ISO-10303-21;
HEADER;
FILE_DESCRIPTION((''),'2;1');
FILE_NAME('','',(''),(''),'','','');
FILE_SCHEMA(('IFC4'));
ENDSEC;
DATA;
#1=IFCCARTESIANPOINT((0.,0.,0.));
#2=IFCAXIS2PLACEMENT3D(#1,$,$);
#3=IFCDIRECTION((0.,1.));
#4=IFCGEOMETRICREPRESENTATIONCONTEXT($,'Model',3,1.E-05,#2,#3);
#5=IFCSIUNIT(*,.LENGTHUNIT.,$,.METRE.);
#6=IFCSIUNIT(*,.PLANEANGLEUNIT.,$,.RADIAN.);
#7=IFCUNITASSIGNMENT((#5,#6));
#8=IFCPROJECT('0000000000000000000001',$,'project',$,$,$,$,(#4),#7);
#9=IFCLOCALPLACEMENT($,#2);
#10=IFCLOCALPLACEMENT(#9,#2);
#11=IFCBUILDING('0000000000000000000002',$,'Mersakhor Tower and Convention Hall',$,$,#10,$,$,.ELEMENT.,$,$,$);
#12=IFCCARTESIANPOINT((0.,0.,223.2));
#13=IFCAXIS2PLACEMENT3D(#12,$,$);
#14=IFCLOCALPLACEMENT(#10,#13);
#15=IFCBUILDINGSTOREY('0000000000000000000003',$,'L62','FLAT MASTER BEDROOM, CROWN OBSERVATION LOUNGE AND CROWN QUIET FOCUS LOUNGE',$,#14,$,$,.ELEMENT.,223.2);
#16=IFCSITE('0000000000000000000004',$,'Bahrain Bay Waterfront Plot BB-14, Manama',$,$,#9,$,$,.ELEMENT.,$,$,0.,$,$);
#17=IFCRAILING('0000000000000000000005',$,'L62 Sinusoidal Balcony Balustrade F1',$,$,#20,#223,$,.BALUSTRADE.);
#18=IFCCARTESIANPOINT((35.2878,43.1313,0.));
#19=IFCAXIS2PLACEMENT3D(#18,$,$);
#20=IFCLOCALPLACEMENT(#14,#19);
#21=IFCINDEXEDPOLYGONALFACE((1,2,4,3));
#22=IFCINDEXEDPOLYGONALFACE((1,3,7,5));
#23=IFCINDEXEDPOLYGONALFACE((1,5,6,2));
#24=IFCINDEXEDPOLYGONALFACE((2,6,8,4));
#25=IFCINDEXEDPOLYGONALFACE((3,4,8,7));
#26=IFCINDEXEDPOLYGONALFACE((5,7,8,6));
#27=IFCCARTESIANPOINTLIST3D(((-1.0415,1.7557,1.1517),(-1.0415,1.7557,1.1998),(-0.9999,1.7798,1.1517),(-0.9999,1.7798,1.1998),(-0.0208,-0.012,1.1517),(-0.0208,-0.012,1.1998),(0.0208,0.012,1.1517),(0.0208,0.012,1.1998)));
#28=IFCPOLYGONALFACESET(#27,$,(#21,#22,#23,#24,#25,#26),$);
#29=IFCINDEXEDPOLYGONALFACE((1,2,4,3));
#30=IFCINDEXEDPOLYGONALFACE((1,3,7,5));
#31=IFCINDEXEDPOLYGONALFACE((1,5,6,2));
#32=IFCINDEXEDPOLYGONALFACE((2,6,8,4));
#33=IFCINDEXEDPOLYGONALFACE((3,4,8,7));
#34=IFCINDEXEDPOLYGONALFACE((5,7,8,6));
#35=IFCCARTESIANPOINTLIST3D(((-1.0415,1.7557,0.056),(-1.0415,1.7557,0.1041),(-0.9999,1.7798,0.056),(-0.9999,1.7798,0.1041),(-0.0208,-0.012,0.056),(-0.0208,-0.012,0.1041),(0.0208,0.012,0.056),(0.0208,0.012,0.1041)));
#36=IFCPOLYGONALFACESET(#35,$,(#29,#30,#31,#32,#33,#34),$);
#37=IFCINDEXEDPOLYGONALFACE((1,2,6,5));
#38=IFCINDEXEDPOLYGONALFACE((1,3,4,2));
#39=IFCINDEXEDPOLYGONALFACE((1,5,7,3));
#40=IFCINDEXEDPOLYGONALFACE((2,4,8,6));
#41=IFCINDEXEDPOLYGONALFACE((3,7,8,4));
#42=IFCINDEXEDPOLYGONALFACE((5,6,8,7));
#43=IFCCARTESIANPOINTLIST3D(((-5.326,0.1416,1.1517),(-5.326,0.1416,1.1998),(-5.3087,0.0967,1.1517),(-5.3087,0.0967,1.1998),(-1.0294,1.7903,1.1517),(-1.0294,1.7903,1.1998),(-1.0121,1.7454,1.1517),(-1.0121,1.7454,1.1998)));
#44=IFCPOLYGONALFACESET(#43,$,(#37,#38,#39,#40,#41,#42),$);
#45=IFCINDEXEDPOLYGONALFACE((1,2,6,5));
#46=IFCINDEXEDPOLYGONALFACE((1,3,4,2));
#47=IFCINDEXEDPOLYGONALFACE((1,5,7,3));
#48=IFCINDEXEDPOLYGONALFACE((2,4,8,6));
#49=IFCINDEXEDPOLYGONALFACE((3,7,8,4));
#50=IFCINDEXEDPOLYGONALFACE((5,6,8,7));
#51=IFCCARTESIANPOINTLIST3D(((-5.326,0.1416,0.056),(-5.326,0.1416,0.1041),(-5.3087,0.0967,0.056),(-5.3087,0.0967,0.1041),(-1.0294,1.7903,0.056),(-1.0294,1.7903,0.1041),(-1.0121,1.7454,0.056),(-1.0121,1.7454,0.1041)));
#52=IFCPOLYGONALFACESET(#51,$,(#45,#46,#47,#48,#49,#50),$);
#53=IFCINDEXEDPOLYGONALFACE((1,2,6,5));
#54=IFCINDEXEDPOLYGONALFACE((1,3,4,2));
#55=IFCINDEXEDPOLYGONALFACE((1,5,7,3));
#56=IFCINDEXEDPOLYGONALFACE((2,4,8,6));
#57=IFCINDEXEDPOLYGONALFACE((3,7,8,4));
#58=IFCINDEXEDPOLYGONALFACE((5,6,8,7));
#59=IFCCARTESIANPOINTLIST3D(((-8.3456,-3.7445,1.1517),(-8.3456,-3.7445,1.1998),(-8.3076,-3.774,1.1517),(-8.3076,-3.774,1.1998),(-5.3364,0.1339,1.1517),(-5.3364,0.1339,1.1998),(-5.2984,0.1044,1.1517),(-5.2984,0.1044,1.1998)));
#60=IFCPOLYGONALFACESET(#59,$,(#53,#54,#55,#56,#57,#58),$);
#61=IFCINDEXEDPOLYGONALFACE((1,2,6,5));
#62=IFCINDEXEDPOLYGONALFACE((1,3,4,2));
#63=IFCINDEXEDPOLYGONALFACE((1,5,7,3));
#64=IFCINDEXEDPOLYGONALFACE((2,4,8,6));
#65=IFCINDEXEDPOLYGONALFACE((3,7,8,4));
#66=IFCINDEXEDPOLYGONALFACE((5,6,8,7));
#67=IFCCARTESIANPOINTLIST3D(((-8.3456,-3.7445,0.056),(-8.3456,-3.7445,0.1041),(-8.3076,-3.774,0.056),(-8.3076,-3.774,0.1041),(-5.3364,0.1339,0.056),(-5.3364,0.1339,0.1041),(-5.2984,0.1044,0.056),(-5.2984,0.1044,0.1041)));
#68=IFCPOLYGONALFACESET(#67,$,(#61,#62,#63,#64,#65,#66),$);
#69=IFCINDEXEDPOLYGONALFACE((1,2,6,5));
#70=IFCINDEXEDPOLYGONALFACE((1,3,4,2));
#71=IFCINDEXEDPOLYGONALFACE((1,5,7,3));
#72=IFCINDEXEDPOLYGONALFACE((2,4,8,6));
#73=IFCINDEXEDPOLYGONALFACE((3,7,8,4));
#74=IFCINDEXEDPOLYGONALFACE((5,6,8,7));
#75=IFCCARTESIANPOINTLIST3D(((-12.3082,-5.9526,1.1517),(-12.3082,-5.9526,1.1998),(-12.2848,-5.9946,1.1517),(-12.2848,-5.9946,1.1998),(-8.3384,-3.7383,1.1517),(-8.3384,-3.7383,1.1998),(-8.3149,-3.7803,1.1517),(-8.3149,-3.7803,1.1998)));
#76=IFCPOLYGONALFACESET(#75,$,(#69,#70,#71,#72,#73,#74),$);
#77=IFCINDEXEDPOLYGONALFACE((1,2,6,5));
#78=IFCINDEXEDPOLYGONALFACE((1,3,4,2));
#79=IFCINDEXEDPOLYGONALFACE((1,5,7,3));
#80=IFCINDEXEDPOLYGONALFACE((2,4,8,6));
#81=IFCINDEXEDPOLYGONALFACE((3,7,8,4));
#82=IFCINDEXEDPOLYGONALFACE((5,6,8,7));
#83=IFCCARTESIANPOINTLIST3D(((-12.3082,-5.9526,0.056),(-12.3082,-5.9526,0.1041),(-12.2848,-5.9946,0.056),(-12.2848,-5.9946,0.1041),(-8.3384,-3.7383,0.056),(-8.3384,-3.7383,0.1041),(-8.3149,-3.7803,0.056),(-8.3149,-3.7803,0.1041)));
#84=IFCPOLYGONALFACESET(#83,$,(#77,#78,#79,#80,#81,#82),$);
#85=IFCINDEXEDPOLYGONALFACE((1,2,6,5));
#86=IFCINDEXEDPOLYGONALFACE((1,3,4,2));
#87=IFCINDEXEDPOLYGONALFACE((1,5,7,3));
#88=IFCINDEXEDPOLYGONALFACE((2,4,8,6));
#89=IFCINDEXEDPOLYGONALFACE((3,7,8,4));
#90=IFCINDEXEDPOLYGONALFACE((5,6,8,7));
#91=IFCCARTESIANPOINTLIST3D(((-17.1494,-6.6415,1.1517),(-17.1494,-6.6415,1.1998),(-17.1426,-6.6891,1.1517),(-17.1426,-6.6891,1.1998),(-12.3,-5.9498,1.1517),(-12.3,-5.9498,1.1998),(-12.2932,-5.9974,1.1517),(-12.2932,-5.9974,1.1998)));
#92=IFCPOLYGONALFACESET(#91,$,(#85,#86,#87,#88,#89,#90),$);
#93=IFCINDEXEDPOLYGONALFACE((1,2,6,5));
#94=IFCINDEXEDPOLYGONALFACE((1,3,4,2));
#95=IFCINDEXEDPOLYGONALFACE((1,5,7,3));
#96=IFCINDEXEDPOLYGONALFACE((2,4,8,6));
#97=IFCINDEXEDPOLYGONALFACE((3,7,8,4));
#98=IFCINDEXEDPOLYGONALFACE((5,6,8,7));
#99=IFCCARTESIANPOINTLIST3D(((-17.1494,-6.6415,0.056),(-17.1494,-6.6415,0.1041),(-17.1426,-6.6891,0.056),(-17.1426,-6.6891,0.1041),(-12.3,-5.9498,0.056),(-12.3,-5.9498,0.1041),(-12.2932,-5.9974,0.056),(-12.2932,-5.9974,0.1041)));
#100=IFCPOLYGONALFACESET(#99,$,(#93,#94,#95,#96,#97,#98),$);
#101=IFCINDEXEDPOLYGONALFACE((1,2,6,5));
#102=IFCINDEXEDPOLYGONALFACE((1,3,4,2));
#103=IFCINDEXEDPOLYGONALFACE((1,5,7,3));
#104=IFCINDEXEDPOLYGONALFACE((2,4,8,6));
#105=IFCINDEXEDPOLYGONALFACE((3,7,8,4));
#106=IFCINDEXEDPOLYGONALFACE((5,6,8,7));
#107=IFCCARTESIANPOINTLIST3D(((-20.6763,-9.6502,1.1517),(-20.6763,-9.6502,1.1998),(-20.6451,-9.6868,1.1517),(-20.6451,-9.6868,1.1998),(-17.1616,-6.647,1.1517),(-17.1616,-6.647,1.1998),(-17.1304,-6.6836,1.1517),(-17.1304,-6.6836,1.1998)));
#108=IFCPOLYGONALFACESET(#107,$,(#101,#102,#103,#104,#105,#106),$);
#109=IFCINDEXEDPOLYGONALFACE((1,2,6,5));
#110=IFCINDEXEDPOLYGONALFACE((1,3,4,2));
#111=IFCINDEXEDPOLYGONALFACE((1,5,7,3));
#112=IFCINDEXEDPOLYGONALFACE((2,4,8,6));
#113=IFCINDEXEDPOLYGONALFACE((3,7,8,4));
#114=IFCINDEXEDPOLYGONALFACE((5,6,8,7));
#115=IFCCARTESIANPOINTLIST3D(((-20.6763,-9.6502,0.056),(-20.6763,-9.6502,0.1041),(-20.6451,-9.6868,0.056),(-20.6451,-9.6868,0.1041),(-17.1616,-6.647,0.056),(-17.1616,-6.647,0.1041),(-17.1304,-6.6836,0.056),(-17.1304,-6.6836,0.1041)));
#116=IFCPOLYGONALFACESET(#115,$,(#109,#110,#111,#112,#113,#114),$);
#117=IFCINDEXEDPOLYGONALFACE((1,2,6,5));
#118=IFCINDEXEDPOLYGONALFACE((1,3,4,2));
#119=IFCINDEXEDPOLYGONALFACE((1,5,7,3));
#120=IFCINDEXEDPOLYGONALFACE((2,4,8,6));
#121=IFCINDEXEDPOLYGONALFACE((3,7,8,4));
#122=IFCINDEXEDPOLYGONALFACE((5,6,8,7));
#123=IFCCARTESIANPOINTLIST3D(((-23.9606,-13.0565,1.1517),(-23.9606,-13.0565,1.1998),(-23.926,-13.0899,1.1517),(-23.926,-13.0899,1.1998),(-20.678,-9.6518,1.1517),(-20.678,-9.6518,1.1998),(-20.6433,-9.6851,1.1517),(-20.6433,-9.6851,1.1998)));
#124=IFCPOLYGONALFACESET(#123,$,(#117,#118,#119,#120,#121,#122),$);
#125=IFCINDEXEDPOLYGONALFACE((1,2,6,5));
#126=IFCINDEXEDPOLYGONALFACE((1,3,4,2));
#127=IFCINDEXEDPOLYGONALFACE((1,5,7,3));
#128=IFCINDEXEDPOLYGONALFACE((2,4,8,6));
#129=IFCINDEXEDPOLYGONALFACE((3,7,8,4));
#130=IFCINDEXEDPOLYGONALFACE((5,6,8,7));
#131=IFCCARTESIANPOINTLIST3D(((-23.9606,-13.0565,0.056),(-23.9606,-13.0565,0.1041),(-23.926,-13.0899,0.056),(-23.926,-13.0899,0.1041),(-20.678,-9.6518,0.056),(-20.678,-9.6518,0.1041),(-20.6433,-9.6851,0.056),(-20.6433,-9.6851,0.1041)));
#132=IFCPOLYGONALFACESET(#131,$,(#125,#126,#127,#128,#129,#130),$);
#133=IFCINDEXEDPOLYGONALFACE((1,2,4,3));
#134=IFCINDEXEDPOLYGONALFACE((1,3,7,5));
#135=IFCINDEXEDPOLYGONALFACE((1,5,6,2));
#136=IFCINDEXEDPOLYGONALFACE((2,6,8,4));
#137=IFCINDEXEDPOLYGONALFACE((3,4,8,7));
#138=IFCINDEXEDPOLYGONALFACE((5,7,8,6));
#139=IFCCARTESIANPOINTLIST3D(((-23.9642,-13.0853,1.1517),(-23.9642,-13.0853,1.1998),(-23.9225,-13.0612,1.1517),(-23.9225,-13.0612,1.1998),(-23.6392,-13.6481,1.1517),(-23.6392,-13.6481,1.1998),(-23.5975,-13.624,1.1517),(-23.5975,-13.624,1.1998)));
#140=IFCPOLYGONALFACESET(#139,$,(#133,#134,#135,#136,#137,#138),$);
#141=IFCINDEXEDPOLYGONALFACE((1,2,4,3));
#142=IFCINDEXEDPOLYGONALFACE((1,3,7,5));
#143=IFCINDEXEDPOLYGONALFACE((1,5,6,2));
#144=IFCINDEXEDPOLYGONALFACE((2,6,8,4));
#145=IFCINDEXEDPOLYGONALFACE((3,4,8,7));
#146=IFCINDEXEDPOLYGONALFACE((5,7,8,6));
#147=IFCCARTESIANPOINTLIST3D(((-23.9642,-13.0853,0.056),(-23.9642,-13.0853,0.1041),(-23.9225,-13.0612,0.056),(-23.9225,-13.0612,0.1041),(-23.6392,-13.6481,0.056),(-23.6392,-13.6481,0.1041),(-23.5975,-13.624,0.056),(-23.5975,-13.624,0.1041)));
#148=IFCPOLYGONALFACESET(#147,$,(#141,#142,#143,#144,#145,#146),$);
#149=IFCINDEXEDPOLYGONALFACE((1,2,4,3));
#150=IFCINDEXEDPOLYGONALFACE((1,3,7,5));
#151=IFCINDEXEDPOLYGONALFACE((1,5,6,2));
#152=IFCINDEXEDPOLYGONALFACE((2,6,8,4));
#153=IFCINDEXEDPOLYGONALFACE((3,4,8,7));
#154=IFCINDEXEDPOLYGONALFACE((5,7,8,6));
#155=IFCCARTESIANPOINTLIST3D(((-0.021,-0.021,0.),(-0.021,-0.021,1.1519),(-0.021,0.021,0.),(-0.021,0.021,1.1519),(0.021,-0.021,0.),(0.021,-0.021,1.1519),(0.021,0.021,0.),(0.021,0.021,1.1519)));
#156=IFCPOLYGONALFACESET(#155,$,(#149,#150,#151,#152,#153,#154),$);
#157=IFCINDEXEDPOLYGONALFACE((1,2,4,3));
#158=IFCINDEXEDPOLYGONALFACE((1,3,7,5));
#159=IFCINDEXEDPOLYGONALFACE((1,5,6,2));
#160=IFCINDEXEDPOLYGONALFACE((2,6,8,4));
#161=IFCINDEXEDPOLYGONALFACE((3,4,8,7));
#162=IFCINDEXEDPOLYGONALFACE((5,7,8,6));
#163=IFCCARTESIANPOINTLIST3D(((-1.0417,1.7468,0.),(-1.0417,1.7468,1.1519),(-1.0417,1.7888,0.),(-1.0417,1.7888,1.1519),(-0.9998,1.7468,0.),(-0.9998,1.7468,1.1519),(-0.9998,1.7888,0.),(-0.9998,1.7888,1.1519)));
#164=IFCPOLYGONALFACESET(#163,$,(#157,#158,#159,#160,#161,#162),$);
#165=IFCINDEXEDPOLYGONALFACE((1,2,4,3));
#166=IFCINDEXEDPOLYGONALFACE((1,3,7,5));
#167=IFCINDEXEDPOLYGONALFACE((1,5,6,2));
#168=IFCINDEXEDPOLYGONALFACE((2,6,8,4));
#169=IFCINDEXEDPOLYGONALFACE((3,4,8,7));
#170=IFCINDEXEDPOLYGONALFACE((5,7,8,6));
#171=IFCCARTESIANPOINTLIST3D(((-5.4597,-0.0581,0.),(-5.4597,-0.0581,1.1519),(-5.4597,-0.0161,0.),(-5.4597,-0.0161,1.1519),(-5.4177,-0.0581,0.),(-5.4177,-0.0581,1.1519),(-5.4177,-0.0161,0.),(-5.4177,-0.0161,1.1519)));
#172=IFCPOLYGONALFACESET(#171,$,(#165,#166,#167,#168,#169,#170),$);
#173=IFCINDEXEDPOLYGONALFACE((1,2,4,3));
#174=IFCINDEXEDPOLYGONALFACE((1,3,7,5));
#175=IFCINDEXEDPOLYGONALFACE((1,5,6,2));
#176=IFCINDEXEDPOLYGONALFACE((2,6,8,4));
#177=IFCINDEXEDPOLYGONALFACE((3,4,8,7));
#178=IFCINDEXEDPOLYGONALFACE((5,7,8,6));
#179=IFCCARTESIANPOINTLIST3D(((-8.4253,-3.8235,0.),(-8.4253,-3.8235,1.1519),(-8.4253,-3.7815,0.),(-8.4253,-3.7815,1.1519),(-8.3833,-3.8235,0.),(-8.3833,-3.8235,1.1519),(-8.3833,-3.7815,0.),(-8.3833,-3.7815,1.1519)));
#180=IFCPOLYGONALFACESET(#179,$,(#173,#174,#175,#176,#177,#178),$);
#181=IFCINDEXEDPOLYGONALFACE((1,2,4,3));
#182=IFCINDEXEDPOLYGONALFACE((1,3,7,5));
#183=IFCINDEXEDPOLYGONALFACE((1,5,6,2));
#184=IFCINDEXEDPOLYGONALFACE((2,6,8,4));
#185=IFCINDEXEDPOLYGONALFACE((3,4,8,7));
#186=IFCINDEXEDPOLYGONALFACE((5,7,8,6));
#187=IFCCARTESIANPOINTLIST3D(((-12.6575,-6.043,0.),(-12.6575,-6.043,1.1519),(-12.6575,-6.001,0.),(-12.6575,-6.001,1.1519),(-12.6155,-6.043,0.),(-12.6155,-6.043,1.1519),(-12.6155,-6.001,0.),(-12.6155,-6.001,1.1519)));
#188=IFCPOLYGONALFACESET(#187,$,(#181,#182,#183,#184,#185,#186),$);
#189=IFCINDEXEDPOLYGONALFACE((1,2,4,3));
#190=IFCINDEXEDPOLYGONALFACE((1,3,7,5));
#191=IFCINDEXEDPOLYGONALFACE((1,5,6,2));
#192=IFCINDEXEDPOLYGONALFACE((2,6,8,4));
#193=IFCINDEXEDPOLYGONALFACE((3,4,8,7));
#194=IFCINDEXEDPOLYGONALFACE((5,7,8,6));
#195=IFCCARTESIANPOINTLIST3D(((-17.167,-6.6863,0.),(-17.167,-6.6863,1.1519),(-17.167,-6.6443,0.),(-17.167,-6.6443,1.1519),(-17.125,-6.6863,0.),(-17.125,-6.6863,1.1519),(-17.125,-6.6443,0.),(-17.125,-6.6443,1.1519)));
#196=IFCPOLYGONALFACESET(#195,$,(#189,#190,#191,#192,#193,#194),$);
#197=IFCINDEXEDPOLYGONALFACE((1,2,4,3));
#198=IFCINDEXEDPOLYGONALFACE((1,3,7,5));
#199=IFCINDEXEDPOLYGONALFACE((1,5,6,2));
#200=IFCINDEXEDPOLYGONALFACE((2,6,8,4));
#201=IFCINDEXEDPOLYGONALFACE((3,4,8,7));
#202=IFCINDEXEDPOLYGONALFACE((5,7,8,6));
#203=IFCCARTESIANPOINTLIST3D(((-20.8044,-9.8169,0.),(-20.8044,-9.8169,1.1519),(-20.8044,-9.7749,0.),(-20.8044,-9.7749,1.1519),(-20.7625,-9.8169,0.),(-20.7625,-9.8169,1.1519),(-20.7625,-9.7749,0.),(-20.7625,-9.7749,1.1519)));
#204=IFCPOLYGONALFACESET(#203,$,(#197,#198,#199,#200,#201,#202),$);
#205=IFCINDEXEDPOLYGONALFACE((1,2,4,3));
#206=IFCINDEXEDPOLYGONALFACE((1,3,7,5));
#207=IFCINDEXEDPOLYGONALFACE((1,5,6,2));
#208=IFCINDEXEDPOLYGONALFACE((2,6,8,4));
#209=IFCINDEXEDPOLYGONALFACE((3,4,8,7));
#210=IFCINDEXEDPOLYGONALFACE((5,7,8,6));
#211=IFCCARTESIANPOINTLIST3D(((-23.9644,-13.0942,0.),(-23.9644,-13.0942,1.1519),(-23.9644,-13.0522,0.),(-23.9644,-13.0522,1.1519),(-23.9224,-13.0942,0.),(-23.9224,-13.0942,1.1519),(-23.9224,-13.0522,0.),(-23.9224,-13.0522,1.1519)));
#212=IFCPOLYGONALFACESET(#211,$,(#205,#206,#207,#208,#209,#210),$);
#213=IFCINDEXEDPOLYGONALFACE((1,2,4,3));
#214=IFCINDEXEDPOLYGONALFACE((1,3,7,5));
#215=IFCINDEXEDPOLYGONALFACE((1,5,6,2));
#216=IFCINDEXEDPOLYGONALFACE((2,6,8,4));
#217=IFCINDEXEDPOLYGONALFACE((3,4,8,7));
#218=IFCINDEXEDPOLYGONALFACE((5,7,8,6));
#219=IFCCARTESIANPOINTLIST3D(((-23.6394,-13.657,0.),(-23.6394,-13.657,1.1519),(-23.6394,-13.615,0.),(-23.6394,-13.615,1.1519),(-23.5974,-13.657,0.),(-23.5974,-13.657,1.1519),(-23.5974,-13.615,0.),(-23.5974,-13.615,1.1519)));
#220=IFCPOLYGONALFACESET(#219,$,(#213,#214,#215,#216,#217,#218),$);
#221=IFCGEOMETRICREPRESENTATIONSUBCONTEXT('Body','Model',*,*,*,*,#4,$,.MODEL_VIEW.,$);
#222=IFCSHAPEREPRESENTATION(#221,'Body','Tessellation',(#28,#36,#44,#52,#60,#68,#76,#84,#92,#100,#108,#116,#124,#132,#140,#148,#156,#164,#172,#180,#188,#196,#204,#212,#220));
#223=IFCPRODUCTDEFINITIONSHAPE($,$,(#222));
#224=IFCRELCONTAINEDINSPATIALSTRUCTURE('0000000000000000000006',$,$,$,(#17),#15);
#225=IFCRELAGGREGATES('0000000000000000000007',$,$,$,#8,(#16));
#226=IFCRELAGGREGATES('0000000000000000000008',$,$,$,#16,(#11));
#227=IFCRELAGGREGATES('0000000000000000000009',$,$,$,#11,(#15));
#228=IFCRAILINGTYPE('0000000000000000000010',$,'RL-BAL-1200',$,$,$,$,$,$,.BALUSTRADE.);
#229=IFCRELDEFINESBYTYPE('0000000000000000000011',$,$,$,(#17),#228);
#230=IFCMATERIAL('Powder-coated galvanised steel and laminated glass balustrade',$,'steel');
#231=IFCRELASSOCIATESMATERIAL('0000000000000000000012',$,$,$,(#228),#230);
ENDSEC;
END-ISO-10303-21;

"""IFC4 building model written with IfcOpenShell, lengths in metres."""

from ifc_helpers import new_model, si_unit, direction, frame, origin, origin_2d, place, context, subcontext, project, spatial, rectangle, extrude, material, type_object, element, save


model = new_model("IFC4")

# Units and contexts
model_context = context("Model", 3, precision=1e-05, world=origin(), true_north=direction((0.0, 1.0)))
body_context = subcontext(model_context, "Body", "Model", "MODEL_VIEW")
ifc_project = project(units=[si_unit("LENGTHUNIT", "METRE"), si_unit("PLANEANGLEUNIT", "RADIAN")], contexts=[model_context])

# Site, building, storey
site_placement = place(None, origin())
site = spatial("IfcSite", under=ifc_project, at=site_placement, Name="Bahrain Bay Waterfront Plot BB-14, Manama", CompositionType="ELEMENT", RefElevation=0.0)
building_placement = place(site_placement, origin())
building = spatial("IfcBuilding", under=site, at=building_placement, Name="Mersakhor Tower and Convention Hall", CompositionType="ELEMENT")
storey_placement = place(building_placement, frame((0.0, 0.0, 223.2)))
storey = spatial("IfcBuildingStorey", under=building, at=storey_placement, Name="L62", Description="FLAT MASTER BEDROOM, CROWN OBSERVATION LOUNGE AND CROWN QUIET FOCUS LOUNGE", CompositionType="ELEMENT", Elevation=223.2)

# Railing
ifc_material_1 = material(Name="Powder-coated galvanised steel and laminated glass balustrade", Category="steel")
railing_type = type_object("IfcRailingType", Name="RL-BAL-1200", PredefinedType="BALUSTRADE", material=ifc_material_1)
railing_placement = place(storey_placement, frame((35.2878, 43.1313, 0.0)))
element("IfcRailing", 1, at=railing_placement, inside=storey, type_object=railing_type, Name="L62 Sinusoidal Balcony Balustrade F1", PredefinedType="BALUSTRADE", context=body_context, shape_type="SweptSolid", body=[
    extrude(rectangle(XDim=0.0481, YDim=0.0481, at=origin_2d()), frame((0.0, 0.0, 1.1758), z_axis=(-0.500036, 0.866004, 0.0), x_axis=(-0.866004, -0.500036, 0.0)), (0.0, 0.0, 1.0), 2.0413),
    extrude(rectangle(XDim=0.0481, YDim=0.0481, at=origin_2d()), frame((0.0, 0.0, 0.0801), z_axis=(-0.500036, 0.866004, 0.0), x_axis=(-0.866004, -0.500036, 0.0)), (0.0, 0.0, 1.0), 2.0413),
    extrude(rectangle(XDim=0.0481, YDim=0.0481, at=origin_2d()), frame((-1.0208, 1.7678, 1.1758), z_axis=(-0.933627, -0.358247, 0.0), x_axis=(0.358247, -0.933627, 0.0)), (0.0, 0.0, 1.0), 4.6021),
    extrude(rectangle(XDim=0.0481, YDim=0.0481, at=origin_2d()), frame((-1.0208, 1.7678, 0.0801), z_axis=(-0.933627, -0.358247, 0.0), x_axis=(0.358247, -0.933627, 0.0)), (0.0, 0.0, 1.0), 4.6021),
    extrude(rectangle(XDim=0.0481, YDim=0.0481, at=origin_2d()), frame((-5.3174, 0.1191, 1.1758), z_axis=(-0.613017, -0.790069, 0.0), x_axis=(0.790069, -0.613017, 0.0)), (0.0, 0.0, 1.0), 4.9089),
    extrude(rectangle(XDim=0.0481, YDim=0.0481, at=origin_2d()), frame((-5.3174, 0.1191, 0.0801), z_axis=(-0.613017, -0.790069, 0.0), x_axis=(0.790069, -0.613017, 0.0)), (0.0, 0.0, 1.0), 4.9089),
    extrude(rectangle(XDim=0.0481, YDim=0.0481, at=origin_2d()), frame((-8.3267, -3.7593, 1.1758), z_axis=(-0.873333, -0.487124, 0.0), x_axis=(0.487124, -0.873333, 0.0)), (0.0, 0.0, 1.0), 4.5457),
    extrude(rectangle(XDim=0.0481, YDim=0.0481, at=origin_2d()), frame((-8.3267, -3.7593, 0.0801), z_axis=(-0.873333, -0.487124, 0.0), x_axis=(0.487124, -0.873333, 0.0)), (0.0, 0.0, 1.0), 4.5457),
    extrude(rectangle(XDim=0.0481, YDim=0.0481, at=origin_2d()), frame((-12.2966, -5.9736, 1.1758), z_axis=(-0.989981, -0.141198, 0.0), x_axis=(0.141198, -0.989981, 0.0)), (0.0, 0.0, 1.0), 4.8984),
    extrude(rectangle(XDim=0.0481, YDim=0.0481, at=origin_2d()), frame((-12.2966, -5.9736, 0.0801), z_axis=(-0.989981, -0.141198, 0.0), x_axis=(0.141198, -0.989981, 0.0)), (0.0, 0.0, 1.0), 4.8984),
    extrude(rectangle(XDim=0.0481, YDim=0.0481, at=origin_2d()), frame((-17.146, -6.6653, 1.1758), z_axis=(-0.760258, -0.649621, 0.0), x_axis=(0.649621, -0.760258, 0.0)), (0.0, 0.0, 1.0), 4.623),
    extrude(rectangle(XDim=0.0481, YDim=0.0481, at=origin_2d()), frame((-17.146, -6.6653, 0.0801), z_axis=(-0.760258, -0.649621, 0.0), x_axis=(0.649621, -0.760258, 0.0)), (0.0, 0.0, 1.0), 4.623),
    extrude(rectangle(XDim=0.0481, YDim=0.0481, at=origin_2d()), frame((-20.6606, -9.6685, 1.1758), z_axis=(-0.694084, -0.719894, 0.0), x_axis=(0.719894, -0.694084, 0.0)), (0.0, 0.0, 1.0), 4.7295),
    extrude(rectangle(XDim=0.0481, YDim=0.0481, at=origin_2d()), frame((-20.6606, -9.6685, 0.0801), z_axis=(-0.694084, -0.719894, 0.0), x_axis=(0.719894, -0.694084, 0.0)), (0.0, 0.0, 1.0), 4.7295),
    extrude(rectangle(XDim=0.0481, YDim=0.0481, at=origin_2d()), frame((-23.9434, -13.0732, 1.1758), z_axis=(0.500059, -0.865992, 0.0), x_axis=(0.865992, 0.500059, 0.0)), (0.0, 0.0, 1.0), 0.6499),
    extrude(rectangle(XDim=0.0481, YDim=0.0481, at=origin_2d()), frame((-23.9434, -13.0732, 0.0801), z_axis=(0.500059, -0.865992, 0.0), x_axis=(0.865992, 0.500059, 0.0)), (0.0, 0.0, 1.0), 0.6499),
    extrude(rectangle(XDim=0.042, YDim=0.042, at=origin_2d()), origin(), (0.0, 0.0, 1.0), 1.1519),
    extrude(rectangle(XDim=0.042, YDim=0.042, at=origin_2d()), frame((-1.0208, 1.7678, 0.0)), (0.0, 0.0, 1.0), 1.1519),
    extrude(rectangle(XDim=0.042, YDim=0.042, at=origin_2d()), frame((-5.4387, -0.0371, 0.0)), (0.0, 0.0, 1.0), 1.1519),
    extrude(rectangle(XDim=0.042, YDim=0.042, at=origin_2d()), frame((-8.4043, -3.8025, 0.0)), (0.0, 0.0, 1.0), 1.1519),
    extrude(rectangle(XDim=0.042, YDim=0.042, at=origin_2d()), frame((-12.6365, -6.022, 0.0)), (0.0, 0.0, 1.0), 1.1519),
    extrude(rectangle(XDim=0.042, YDim=0.042, at=origin_2d()), frame((-17.146, -6.6653, 0.0)), (0.0, 0.0, 1.0), 1.1519),
    extrude(rectangle(XDim=0.042, YDim=0.042, at=origin_2d()), frame((-20.7834, -9.7959, 0.0)), (0.0, 0.0, 1.0), 1.1519),
    extrude(rectangle(XDim=0.042, YDim=0.042, at=origin_2d()), frame((-23.9434, -13.0732, 0.0)), (0.0, 0.0, 1.0), 1.1519),
    extrude(rectangle(XDim=0.042, YDim=0.042, at=origin_2d()), frame((-23.6184, -13.636, 0.0)), (0.0, 0.0, 1.0), 1.1519),
])

save(model, "model.ifc")
